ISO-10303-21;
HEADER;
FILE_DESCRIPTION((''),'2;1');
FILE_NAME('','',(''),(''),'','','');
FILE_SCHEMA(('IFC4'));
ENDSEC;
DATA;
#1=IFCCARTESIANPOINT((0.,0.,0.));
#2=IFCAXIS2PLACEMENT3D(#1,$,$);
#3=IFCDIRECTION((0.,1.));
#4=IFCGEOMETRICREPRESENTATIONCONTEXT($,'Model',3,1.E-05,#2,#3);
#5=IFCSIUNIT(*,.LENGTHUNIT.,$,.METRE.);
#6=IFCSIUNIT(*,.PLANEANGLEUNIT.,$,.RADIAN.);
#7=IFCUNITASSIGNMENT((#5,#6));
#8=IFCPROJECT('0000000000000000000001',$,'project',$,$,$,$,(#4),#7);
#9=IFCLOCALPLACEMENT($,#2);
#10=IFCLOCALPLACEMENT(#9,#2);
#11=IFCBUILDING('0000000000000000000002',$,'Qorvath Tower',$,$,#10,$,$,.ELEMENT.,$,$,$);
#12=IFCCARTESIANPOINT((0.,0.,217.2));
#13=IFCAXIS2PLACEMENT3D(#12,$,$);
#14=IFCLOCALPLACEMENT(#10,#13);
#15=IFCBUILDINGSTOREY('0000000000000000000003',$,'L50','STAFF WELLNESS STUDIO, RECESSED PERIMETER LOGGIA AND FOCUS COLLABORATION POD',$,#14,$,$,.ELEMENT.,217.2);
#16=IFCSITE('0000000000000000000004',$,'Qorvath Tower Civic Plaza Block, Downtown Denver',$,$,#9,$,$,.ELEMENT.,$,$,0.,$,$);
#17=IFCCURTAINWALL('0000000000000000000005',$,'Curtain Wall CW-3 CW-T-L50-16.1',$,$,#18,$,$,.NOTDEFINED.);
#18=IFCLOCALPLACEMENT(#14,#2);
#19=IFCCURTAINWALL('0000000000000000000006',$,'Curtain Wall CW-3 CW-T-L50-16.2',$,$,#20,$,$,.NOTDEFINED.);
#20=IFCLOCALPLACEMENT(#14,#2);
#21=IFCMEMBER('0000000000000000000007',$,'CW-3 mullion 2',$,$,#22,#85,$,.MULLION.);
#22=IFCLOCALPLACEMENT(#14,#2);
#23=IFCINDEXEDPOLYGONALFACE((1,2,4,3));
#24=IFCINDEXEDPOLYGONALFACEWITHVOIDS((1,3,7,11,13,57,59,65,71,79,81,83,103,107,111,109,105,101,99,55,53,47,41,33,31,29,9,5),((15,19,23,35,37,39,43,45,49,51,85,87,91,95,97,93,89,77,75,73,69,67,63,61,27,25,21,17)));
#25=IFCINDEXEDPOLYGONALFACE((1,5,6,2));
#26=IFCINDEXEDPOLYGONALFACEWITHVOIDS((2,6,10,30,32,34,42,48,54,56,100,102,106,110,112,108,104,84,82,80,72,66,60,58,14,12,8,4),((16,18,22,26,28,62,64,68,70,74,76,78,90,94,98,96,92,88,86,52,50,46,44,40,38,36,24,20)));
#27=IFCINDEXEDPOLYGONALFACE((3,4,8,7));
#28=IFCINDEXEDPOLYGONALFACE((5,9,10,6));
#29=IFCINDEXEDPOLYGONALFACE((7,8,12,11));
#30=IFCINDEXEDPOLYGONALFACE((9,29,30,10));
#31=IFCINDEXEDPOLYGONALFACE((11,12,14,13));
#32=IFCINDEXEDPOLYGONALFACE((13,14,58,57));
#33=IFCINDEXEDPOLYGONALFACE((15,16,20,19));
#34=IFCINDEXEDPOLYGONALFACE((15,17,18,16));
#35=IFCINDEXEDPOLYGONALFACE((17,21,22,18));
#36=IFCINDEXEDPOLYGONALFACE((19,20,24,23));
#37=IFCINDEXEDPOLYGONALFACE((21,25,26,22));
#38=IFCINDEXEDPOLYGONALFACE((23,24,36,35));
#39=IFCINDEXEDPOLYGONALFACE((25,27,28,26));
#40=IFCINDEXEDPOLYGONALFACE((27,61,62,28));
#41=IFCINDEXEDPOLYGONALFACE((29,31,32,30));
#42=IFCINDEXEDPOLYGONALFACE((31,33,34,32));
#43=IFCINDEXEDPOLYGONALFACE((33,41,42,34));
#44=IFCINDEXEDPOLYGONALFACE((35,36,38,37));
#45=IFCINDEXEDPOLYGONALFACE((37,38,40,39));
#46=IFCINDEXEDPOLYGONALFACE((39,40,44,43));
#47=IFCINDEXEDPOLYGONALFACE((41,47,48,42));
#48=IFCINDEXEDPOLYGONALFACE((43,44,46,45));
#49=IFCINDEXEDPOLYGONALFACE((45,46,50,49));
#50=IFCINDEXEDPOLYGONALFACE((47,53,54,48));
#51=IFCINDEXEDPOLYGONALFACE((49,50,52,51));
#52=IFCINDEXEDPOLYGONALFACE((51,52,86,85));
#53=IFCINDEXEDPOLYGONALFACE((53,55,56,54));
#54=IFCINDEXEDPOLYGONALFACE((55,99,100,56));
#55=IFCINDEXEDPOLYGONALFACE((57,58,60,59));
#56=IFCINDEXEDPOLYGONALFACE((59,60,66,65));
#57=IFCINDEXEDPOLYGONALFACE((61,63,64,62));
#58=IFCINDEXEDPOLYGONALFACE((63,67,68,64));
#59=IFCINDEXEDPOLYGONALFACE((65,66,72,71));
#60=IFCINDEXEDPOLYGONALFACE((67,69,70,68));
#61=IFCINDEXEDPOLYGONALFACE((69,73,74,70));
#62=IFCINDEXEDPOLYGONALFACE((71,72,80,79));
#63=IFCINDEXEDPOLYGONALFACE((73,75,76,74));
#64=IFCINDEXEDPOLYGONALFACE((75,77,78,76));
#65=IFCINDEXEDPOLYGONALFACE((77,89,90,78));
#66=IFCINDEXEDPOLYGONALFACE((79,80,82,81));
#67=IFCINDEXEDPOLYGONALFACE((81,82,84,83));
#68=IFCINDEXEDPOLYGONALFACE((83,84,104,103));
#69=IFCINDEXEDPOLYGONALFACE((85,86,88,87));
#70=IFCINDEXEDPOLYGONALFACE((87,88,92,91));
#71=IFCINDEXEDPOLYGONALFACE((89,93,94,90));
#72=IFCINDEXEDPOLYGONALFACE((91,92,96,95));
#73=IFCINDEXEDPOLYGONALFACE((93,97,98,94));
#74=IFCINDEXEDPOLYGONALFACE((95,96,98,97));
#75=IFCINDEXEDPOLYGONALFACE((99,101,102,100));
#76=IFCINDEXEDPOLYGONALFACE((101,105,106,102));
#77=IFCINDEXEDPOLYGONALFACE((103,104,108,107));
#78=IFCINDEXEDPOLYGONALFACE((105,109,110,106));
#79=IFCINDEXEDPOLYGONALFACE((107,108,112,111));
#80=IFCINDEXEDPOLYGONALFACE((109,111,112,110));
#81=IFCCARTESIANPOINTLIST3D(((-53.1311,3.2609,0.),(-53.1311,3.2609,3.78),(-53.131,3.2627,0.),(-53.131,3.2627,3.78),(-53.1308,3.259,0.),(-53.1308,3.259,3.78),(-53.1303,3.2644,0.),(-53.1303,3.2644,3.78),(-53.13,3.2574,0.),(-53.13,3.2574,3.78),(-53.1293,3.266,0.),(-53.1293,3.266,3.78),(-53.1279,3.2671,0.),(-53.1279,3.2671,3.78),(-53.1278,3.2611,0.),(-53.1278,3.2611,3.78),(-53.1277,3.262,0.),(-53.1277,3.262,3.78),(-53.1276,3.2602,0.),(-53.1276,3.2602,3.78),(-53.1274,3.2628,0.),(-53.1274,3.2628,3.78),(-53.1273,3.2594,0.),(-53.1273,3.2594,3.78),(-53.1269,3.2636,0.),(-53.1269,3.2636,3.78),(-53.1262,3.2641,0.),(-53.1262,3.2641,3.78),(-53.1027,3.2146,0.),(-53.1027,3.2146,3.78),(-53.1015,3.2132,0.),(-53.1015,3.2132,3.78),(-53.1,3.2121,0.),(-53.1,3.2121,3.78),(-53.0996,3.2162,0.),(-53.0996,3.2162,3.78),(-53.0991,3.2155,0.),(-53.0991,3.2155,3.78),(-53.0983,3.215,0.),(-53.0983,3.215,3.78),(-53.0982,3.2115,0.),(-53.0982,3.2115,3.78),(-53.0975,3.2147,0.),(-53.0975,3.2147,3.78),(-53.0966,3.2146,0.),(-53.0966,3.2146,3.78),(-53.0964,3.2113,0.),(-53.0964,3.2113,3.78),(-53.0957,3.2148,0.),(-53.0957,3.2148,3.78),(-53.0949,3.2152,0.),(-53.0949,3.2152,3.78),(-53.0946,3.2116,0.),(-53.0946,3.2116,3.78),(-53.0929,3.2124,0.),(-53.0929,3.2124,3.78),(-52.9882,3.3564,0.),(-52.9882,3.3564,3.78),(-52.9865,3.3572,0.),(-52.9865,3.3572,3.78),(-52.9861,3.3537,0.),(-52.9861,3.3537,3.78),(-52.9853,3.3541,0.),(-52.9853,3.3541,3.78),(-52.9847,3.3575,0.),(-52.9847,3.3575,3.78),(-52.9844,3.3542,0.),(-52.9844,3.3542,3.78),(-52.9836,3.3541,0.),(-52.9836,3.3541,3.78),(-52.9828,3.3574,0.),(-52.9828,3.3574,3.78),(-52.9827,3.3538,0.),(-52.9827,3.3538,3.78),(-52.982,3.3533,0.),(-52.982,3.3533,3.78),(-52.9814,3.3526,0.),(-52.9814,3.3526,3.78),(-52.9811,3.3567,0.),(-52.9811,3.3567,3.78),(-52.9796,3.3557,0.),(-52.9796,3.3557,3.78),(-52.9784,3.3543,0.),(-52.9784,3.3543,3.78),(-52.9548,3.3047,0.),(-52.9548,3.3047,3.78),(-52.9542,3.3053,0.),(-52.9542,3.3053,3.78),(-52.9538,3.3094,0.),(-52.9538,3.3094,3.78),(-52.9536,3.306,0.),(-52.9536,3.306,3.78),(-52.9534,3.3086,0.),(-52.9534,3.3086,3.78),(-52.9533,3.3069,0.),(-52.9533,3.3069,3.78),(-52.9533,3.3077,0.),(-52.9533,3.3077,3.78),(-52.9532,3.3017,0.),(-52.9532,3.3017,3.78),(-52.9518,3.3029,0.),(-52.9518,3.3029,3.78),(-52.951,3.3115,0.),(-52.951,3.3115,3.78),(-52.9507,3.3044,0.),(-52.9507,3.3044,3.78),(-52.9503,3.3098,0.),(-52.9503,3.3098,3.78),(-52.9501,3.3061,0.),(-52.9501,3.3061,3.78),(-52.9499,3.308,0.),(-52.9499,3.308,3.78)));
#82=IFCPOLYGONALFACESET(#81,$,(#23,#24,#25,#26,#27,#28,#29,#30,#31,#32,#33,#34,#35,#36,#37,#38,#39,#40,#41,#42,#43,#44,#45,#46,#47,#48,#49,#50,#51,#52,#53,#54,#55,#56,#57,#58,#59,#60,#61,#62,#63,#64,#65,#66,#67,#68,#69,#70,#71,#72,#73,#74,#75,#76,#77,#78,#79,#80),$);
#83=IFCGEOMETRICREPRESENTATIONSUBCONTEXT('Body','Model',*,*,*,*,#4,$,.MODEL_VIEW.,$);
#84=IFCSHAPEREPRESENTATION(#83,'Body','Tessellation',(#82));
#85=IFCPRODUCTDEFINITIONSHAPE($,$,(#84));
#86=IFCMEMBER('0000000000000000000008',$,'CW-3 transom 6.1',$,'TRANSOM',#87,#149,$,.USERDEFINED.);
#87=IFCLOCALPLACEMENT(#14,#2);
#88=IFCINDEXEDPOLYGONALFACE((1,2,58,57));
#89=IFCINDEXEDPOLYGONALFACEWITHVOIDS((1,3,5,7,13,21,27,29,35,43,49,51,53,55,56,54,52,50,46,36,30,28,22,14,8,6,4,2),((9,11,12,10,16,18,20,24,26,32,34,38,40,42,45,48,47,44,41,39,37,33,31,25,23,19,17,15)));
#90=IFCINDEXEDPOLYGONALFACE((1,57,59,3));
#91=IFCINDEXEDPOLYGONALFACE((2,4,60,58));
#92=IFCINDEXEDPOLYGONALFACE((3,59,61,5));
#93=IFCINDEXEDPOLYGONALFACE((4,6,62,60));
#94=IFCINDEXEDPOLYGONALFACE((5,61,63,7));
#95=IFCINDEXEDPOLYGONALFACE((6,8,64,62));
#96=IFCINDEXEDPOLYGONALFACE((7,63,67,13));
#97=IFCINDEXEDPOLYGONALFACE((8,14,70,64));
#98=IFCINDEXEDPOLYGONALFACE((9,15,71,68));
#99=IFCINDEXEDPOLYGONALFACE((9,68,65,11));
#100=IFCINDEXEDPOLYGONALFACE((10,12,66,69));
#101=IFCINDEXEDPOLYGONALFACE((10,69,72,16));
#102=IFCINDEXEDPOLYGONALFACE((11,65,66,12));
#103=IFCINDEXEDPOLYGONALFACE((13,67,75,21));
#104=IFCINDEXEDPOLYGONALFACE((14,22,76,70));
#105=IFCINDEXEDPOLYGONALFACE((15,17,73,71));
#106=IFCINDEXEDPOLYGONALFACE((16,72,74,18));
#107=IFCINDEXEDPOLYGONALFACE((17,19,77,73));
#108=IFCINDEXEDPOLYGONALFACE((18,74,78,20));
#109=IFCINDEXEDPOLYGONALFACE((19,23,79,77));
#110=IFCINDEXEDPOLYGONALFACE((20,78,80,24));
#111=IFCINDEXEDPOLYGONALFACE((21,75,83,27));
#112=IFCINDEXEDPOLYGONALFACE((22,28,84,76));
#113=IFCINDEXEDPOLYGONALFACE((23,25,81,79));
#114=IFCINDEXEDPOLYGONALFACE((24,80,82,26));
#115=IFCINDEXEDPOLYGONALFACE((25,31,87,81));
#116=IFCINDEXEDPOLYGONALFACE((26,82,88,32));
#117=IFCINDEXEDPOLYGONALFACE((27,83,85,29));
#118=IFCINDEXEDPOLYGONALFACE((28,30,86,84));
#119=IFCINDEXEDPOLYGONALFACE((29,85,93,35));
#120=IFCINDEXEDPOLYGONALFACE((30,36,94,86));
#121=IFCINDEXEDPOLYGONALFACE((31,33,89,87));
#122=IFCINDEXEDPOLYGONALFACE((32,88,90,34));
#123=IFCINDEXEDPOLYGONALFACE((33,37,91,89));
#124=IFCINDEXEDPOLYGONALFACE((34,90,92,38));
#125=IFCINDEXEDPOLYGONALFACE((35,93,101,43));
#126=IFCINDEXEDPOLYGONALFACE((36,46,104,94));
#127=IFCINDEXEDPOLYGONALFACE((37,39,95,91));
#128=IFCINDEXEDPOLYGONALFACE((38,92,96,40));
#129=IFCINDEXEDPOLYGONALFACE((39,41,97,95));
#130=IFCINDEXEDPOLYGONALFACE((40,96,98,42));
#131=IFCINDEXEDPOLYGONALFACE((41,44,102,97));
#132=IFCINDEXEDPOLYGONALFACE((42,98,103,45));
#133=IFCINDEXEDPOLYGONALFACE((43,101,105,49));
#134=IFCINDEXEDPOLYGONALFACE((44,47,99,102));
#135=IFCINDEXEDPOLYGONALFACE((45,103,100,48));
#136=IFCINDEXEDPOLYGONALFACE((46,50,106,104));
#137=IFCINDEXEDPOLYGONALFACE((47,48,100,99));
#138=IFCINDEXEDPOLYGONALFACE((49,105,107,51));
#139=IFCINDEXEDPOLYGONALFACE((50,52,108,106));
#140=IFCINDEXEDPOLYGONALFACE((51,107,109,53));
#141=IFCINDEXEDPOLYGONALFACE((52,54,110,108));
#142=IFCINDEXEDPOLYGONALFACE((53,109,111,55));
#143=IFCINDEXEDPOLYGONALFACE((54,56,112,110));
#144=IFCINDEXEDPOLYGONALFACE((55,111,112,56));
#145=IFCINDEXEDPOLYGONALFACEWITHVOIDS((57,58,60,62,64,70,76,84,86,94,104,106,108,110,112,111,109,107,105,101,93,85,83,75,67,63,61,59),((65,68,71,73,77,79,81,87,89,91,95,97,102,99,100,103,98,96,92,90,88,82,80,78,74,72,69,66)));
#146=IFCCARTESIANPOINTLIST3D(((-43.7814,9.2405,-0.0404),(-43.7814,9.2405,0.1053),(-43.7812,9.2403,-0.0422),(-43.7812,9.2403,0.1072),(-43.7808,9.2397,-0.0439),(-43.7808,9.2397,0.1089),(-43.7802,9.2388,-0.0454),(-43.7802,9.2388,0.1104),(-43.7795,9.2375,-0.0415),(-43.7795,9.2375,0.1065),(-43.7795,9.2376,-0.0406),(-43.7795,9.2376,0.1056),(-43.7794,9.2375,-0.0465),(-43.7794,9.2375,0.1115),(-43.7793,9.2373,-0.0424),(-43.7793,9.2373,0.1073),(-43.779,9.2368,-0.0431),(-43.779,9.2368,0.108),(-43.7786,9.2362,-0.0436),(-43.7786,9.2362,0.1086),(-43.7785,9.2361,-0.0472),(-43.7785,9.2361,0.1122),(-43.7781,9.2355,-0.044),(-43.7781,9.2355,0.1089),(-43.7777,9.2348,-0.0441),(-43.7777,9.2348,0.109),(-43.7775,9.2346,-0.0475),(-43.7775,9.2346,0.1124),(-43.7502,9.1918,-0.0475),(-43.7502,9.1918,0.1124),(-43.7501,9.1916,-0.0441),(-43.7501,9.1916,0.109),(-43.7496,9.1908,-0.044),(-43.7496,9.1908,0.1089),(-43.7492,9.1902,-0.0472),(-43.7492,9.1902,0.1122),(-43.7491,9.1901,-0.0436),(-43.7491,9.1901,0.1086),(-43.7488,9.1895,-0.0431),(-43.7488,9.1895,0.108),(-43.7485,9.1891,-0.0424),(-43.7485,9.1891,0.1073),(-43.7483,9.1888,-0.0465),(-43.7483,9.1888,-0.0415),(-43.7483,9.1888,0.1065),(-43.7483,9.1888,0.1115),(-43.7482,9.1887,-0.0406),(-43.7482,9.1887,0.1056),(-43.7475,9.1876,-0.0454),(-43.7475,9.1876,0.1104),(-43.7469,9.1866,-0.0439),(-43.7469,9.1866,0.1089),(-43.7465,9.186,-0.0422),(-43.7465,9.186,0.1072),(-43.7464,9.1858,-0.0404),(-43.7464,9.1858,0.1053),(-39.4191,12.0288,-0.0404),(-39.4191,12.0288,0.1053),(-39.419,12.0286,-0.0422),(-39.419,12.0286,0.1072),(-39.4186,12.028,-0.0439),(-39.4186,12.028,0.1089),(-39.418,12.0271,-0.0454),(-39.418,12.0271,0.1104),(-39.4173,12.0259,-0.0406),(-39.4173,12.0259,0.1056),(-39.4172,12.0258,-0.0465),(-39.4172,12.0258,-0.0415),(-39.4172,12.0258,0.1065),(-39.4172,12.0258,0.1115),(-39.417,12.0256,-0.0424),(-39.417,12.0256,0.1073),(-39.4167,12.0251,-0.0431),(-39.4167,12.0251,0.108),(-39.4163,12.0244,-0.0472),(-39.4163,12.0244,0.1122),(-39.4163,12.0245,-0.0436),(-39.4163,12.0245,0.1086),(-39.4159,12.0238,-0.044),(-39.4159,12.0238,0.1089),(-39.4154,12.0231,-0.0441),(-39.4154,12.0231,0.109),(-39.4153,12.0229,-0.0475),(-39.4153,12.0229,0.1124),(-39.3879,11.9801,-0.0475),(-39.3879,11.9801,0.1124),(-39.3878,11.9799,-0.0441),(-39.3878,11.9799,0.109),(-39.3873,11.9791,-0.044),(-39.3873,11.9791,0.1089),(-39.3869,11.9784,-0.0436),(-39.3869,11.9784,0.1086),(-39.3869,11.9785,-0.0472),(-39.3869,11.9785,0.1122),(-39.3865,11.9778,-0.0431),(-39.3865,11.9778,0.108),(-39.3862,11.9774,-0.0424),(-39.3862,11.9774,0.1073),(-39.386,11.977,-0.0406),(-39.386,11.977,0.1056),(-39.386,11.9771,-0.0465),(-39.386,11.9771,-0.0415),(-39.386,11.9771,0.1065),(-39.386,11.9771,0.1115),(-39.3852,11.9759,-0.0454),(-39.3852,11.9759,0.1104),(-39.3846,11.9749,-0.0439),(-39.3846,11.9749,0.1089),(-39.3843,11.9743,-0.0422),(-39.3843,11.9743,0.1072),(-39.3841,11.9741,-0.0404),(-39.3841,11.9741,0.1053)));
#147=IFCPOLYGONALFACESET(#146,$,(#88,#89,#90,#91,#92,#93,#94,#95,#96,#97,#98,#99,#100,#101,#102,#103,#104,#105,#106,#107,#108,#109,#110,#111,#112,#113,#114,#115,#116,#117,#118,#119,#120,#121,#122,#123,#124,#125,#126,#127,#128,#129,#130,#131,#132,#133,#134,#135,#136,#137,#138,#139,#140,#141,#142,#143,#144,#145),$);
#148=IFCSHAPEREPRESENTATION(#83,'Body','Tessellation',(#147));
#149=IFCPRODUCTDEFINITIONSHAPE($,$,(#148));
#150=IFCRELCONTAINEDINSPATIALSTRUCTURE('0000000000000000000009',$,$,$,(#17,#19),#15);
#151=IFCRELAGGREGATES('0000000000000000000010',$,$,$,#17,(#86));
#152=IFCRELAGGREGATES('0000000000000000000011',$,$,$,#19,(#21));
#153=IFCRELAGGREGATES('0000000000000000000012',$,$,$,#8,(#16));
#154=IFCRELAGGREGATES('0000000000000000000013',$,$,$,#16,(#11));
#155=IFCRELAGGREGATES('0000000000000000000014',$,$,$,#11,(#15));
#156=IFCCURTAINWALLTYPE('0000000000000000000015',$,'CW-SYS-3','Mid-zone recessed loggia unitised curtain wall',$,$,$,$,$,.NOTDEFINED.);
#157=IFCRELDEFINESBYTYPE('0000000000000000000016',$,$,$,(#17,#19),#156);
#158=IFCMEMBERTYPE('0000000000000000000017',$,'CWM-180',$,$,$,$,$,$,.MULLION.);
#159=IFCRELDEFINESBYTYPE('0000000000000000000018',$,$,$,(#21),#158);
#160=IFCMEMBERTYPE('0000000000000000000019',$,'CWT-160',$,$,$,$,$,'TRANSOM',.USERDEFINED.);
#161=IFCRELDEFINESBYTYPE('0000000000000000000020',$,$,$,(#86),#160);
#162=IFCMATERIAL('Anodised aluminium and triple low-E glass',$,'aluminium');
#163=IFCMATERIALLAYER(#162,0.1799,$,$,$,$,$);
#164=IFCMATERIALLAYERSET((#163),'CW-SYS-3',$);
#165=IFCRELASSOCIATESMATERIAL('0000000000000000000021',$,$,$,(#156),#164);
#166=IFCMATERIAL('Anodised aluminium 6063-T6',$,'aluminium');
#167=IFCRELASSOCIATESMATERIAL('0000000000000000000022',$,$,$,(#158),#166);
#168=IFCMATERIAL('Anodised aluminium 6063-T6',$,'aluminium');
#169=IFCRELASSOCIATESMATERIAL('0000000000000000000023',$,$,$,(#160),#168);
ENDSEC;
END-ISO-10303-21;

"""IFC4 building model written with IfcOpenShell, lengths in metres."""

from ifc_helpers import new_model, si_unit, direction, frame, origin, origin_2d, place, context, subcontext, project, spatial, hollow_rectangle, extrude, material, layer, layer_set, material_profile, profile_set, type_object, element, aggregate, save


model = new_model("IFC4")

# Units and contexts
model_context = context("Model", 3, precision=1e-05, world=origin(), true_north=direction((0.0, 1.0)))
body_context = subcontext(model_context, "Body", "Model", "MODEL_VIEW")
ifc_project = project(units=[si_unit("LENGTHUNIT", "METRE"), si_unit("PLANEANGLEUNIT", "RADIAN")], contexts=[model_context])

# Site, building, storey
site_placement = place(None, origin())
site = spatial("IfcSite", under=ifc_project, at=site_placement, Name="Qorvath Tower Civic Plaza Block, Downtown Denver", CompositionType="ELEMENT", RefElevation=0.0)
building_placement = place(site_placement, origin())
building = spatial("IfcBuilding", under=site, at=building_placement, Name="Qorvath Tower", CompositionType="ELEMENT")
storey_placement = place(building_placement, frame((0.0, 0.0, 217.2)))
storey = spatial("IfcBuildingStorey", under=building, at=storey_placement, Name="L50", Description="STAFF WELLNESS STUDIO, RECESSED PERIMETER LOGGIA AND FOCUS COLLABORATION POD", CompositionType="ELEMENT", Elevation=217.2)

# Curtain walls, member
ifc_material_1 = material(Name="Anodised aluminium and triple low-E glass", Category="aluminium")
ifc_layer_1 = layer(ifc_material_1, 0.1799)
ifc_layer_set_1 = layer_set([ifc_layer_1], Name="CW-SYS-3")
curtain_wall_type = type_object("IfcCurtainWallType", Name="CW-SYS-3", Description="Mid-zone recessed loggia unitised curtain wall", PredefinedType="NOTDEFINED", material=ifc_layer_set_1)
curtain_wall_1_placement = place(storey_placement, origin())
curtain_wall_1 = element("IfcCurtainWall", 1, at=curtain_wall_1_placement, inside=storey, type_object=curtain_wall_type, Name="Curtain Wall CW-3 CW-T-L50-16.1", PredefinedType="NOTDEFINED")
ifc_material_2 = material(Name="Anodised aluminium 6063-T6", Category="aluminium")
ifc_material_profile_1 = material_profile(ifc_material_2, hollow_rectangle(XDim=0.0649, YDim=0.1799, WallThickness=0.0034, InnerFilletRadius=0.0034, OuterFilletRadius=0.0071, at=origin_2d()), Name="CWM 180x65")
ifc_profile_set_1 = profile_set([ifc_material_profile_1], Name="Anodised aluminium 6063-T6")
member_type_1 = type_object("IfcMemberType", Name="CWM-180", PredefinedType="MULLION", material=ifc_profile_set_1)
curtain_wall_2_placement = place(storey_placement, origin())
curtain_wall_2 = element("IfcCurtainWall", 2, at=curtain_wall_2_placement, inside=storey, type_object=curtain_wall_type, Name="Curtain Wall CW-3 CW-T-L50-16.2", PredefinedType="NOTDEFINED")
member_1_placement = place(storey_placement, frame((-53.0405, 3.2844, 0.0), z_axis=(0.0, 0.0, 1.0), x_axis=(0.538553, -0.842592, 0.0)))
member_1 = element("IfcMember", 3, at=member_1_placement, type_object=member_type_1, Name="CW-3 mullion 2", PredefinedType="MULLION", context=body_context, shape_type="SweptSolid", body=[
    extrude(hollow_rectangle(XDim=0.0649, YDim=0.1799, WallThickness=0.0034, InnerFilletRadius=0.0034, OuterFilletRadius=0.0071, at=origin_2d()), origin(), (0.0, 0.0, 1.0), 3.78),
])

# Member
ifc_material_3 = material(Name="Anodised aluminium 6063-T6", Category="aluminium")
ifc_material_profile_2 = material_profile(ifc_material_3, hollow_rectangle(XDim=0.0649, YDim=0.1599, WallThickness=0.0034, InnerFilletRadius=0.0034, OuterFilletRadius=0.0071, at=origin_2d()), Name="CWT 160x65")
ifc_profile_set_2 = profile_set([ifc_material_profile_2], Name="Anodised aluminium 6063-T6")
member_type_2 = type_object("IfcMemberType", Name="CWT-160", ElementType="TRANSOM", PredefinedType="USERDEFINED", material=ifc_profile_set_2)
member_2_placement = place(storey_placement, frame((-39.4016, 12.0015, 0.0325), z_axis=(-0.842582, -0.538568, 0.0), x_axis=(0.538568, -0.842582, 0.0)))
member_2 = element("IfcMember", 4, at=member_2_placement, type_object=member_type_2, Name="CW-3 transom 6.1", ObjectType="TRANSOM", PredefinedType="USERDEFINED", context=body_context, shape_type="SweptSolid", body=[
    extrude(hollow_rectangle(XDim=0.0649, YDim=0.1599, WallThickness=0.0034, InnerFilletRadius=0.0034, OuterFilletRadius=0.0071, at=origin_2d()), origin(), (0.0, 0.0, 1.0), 5.1772),
])

aggregate(curtain_wall_1, [member_2])
aggregate(curtain_wall_2, [member_1])

save(model, "model.ifc")
